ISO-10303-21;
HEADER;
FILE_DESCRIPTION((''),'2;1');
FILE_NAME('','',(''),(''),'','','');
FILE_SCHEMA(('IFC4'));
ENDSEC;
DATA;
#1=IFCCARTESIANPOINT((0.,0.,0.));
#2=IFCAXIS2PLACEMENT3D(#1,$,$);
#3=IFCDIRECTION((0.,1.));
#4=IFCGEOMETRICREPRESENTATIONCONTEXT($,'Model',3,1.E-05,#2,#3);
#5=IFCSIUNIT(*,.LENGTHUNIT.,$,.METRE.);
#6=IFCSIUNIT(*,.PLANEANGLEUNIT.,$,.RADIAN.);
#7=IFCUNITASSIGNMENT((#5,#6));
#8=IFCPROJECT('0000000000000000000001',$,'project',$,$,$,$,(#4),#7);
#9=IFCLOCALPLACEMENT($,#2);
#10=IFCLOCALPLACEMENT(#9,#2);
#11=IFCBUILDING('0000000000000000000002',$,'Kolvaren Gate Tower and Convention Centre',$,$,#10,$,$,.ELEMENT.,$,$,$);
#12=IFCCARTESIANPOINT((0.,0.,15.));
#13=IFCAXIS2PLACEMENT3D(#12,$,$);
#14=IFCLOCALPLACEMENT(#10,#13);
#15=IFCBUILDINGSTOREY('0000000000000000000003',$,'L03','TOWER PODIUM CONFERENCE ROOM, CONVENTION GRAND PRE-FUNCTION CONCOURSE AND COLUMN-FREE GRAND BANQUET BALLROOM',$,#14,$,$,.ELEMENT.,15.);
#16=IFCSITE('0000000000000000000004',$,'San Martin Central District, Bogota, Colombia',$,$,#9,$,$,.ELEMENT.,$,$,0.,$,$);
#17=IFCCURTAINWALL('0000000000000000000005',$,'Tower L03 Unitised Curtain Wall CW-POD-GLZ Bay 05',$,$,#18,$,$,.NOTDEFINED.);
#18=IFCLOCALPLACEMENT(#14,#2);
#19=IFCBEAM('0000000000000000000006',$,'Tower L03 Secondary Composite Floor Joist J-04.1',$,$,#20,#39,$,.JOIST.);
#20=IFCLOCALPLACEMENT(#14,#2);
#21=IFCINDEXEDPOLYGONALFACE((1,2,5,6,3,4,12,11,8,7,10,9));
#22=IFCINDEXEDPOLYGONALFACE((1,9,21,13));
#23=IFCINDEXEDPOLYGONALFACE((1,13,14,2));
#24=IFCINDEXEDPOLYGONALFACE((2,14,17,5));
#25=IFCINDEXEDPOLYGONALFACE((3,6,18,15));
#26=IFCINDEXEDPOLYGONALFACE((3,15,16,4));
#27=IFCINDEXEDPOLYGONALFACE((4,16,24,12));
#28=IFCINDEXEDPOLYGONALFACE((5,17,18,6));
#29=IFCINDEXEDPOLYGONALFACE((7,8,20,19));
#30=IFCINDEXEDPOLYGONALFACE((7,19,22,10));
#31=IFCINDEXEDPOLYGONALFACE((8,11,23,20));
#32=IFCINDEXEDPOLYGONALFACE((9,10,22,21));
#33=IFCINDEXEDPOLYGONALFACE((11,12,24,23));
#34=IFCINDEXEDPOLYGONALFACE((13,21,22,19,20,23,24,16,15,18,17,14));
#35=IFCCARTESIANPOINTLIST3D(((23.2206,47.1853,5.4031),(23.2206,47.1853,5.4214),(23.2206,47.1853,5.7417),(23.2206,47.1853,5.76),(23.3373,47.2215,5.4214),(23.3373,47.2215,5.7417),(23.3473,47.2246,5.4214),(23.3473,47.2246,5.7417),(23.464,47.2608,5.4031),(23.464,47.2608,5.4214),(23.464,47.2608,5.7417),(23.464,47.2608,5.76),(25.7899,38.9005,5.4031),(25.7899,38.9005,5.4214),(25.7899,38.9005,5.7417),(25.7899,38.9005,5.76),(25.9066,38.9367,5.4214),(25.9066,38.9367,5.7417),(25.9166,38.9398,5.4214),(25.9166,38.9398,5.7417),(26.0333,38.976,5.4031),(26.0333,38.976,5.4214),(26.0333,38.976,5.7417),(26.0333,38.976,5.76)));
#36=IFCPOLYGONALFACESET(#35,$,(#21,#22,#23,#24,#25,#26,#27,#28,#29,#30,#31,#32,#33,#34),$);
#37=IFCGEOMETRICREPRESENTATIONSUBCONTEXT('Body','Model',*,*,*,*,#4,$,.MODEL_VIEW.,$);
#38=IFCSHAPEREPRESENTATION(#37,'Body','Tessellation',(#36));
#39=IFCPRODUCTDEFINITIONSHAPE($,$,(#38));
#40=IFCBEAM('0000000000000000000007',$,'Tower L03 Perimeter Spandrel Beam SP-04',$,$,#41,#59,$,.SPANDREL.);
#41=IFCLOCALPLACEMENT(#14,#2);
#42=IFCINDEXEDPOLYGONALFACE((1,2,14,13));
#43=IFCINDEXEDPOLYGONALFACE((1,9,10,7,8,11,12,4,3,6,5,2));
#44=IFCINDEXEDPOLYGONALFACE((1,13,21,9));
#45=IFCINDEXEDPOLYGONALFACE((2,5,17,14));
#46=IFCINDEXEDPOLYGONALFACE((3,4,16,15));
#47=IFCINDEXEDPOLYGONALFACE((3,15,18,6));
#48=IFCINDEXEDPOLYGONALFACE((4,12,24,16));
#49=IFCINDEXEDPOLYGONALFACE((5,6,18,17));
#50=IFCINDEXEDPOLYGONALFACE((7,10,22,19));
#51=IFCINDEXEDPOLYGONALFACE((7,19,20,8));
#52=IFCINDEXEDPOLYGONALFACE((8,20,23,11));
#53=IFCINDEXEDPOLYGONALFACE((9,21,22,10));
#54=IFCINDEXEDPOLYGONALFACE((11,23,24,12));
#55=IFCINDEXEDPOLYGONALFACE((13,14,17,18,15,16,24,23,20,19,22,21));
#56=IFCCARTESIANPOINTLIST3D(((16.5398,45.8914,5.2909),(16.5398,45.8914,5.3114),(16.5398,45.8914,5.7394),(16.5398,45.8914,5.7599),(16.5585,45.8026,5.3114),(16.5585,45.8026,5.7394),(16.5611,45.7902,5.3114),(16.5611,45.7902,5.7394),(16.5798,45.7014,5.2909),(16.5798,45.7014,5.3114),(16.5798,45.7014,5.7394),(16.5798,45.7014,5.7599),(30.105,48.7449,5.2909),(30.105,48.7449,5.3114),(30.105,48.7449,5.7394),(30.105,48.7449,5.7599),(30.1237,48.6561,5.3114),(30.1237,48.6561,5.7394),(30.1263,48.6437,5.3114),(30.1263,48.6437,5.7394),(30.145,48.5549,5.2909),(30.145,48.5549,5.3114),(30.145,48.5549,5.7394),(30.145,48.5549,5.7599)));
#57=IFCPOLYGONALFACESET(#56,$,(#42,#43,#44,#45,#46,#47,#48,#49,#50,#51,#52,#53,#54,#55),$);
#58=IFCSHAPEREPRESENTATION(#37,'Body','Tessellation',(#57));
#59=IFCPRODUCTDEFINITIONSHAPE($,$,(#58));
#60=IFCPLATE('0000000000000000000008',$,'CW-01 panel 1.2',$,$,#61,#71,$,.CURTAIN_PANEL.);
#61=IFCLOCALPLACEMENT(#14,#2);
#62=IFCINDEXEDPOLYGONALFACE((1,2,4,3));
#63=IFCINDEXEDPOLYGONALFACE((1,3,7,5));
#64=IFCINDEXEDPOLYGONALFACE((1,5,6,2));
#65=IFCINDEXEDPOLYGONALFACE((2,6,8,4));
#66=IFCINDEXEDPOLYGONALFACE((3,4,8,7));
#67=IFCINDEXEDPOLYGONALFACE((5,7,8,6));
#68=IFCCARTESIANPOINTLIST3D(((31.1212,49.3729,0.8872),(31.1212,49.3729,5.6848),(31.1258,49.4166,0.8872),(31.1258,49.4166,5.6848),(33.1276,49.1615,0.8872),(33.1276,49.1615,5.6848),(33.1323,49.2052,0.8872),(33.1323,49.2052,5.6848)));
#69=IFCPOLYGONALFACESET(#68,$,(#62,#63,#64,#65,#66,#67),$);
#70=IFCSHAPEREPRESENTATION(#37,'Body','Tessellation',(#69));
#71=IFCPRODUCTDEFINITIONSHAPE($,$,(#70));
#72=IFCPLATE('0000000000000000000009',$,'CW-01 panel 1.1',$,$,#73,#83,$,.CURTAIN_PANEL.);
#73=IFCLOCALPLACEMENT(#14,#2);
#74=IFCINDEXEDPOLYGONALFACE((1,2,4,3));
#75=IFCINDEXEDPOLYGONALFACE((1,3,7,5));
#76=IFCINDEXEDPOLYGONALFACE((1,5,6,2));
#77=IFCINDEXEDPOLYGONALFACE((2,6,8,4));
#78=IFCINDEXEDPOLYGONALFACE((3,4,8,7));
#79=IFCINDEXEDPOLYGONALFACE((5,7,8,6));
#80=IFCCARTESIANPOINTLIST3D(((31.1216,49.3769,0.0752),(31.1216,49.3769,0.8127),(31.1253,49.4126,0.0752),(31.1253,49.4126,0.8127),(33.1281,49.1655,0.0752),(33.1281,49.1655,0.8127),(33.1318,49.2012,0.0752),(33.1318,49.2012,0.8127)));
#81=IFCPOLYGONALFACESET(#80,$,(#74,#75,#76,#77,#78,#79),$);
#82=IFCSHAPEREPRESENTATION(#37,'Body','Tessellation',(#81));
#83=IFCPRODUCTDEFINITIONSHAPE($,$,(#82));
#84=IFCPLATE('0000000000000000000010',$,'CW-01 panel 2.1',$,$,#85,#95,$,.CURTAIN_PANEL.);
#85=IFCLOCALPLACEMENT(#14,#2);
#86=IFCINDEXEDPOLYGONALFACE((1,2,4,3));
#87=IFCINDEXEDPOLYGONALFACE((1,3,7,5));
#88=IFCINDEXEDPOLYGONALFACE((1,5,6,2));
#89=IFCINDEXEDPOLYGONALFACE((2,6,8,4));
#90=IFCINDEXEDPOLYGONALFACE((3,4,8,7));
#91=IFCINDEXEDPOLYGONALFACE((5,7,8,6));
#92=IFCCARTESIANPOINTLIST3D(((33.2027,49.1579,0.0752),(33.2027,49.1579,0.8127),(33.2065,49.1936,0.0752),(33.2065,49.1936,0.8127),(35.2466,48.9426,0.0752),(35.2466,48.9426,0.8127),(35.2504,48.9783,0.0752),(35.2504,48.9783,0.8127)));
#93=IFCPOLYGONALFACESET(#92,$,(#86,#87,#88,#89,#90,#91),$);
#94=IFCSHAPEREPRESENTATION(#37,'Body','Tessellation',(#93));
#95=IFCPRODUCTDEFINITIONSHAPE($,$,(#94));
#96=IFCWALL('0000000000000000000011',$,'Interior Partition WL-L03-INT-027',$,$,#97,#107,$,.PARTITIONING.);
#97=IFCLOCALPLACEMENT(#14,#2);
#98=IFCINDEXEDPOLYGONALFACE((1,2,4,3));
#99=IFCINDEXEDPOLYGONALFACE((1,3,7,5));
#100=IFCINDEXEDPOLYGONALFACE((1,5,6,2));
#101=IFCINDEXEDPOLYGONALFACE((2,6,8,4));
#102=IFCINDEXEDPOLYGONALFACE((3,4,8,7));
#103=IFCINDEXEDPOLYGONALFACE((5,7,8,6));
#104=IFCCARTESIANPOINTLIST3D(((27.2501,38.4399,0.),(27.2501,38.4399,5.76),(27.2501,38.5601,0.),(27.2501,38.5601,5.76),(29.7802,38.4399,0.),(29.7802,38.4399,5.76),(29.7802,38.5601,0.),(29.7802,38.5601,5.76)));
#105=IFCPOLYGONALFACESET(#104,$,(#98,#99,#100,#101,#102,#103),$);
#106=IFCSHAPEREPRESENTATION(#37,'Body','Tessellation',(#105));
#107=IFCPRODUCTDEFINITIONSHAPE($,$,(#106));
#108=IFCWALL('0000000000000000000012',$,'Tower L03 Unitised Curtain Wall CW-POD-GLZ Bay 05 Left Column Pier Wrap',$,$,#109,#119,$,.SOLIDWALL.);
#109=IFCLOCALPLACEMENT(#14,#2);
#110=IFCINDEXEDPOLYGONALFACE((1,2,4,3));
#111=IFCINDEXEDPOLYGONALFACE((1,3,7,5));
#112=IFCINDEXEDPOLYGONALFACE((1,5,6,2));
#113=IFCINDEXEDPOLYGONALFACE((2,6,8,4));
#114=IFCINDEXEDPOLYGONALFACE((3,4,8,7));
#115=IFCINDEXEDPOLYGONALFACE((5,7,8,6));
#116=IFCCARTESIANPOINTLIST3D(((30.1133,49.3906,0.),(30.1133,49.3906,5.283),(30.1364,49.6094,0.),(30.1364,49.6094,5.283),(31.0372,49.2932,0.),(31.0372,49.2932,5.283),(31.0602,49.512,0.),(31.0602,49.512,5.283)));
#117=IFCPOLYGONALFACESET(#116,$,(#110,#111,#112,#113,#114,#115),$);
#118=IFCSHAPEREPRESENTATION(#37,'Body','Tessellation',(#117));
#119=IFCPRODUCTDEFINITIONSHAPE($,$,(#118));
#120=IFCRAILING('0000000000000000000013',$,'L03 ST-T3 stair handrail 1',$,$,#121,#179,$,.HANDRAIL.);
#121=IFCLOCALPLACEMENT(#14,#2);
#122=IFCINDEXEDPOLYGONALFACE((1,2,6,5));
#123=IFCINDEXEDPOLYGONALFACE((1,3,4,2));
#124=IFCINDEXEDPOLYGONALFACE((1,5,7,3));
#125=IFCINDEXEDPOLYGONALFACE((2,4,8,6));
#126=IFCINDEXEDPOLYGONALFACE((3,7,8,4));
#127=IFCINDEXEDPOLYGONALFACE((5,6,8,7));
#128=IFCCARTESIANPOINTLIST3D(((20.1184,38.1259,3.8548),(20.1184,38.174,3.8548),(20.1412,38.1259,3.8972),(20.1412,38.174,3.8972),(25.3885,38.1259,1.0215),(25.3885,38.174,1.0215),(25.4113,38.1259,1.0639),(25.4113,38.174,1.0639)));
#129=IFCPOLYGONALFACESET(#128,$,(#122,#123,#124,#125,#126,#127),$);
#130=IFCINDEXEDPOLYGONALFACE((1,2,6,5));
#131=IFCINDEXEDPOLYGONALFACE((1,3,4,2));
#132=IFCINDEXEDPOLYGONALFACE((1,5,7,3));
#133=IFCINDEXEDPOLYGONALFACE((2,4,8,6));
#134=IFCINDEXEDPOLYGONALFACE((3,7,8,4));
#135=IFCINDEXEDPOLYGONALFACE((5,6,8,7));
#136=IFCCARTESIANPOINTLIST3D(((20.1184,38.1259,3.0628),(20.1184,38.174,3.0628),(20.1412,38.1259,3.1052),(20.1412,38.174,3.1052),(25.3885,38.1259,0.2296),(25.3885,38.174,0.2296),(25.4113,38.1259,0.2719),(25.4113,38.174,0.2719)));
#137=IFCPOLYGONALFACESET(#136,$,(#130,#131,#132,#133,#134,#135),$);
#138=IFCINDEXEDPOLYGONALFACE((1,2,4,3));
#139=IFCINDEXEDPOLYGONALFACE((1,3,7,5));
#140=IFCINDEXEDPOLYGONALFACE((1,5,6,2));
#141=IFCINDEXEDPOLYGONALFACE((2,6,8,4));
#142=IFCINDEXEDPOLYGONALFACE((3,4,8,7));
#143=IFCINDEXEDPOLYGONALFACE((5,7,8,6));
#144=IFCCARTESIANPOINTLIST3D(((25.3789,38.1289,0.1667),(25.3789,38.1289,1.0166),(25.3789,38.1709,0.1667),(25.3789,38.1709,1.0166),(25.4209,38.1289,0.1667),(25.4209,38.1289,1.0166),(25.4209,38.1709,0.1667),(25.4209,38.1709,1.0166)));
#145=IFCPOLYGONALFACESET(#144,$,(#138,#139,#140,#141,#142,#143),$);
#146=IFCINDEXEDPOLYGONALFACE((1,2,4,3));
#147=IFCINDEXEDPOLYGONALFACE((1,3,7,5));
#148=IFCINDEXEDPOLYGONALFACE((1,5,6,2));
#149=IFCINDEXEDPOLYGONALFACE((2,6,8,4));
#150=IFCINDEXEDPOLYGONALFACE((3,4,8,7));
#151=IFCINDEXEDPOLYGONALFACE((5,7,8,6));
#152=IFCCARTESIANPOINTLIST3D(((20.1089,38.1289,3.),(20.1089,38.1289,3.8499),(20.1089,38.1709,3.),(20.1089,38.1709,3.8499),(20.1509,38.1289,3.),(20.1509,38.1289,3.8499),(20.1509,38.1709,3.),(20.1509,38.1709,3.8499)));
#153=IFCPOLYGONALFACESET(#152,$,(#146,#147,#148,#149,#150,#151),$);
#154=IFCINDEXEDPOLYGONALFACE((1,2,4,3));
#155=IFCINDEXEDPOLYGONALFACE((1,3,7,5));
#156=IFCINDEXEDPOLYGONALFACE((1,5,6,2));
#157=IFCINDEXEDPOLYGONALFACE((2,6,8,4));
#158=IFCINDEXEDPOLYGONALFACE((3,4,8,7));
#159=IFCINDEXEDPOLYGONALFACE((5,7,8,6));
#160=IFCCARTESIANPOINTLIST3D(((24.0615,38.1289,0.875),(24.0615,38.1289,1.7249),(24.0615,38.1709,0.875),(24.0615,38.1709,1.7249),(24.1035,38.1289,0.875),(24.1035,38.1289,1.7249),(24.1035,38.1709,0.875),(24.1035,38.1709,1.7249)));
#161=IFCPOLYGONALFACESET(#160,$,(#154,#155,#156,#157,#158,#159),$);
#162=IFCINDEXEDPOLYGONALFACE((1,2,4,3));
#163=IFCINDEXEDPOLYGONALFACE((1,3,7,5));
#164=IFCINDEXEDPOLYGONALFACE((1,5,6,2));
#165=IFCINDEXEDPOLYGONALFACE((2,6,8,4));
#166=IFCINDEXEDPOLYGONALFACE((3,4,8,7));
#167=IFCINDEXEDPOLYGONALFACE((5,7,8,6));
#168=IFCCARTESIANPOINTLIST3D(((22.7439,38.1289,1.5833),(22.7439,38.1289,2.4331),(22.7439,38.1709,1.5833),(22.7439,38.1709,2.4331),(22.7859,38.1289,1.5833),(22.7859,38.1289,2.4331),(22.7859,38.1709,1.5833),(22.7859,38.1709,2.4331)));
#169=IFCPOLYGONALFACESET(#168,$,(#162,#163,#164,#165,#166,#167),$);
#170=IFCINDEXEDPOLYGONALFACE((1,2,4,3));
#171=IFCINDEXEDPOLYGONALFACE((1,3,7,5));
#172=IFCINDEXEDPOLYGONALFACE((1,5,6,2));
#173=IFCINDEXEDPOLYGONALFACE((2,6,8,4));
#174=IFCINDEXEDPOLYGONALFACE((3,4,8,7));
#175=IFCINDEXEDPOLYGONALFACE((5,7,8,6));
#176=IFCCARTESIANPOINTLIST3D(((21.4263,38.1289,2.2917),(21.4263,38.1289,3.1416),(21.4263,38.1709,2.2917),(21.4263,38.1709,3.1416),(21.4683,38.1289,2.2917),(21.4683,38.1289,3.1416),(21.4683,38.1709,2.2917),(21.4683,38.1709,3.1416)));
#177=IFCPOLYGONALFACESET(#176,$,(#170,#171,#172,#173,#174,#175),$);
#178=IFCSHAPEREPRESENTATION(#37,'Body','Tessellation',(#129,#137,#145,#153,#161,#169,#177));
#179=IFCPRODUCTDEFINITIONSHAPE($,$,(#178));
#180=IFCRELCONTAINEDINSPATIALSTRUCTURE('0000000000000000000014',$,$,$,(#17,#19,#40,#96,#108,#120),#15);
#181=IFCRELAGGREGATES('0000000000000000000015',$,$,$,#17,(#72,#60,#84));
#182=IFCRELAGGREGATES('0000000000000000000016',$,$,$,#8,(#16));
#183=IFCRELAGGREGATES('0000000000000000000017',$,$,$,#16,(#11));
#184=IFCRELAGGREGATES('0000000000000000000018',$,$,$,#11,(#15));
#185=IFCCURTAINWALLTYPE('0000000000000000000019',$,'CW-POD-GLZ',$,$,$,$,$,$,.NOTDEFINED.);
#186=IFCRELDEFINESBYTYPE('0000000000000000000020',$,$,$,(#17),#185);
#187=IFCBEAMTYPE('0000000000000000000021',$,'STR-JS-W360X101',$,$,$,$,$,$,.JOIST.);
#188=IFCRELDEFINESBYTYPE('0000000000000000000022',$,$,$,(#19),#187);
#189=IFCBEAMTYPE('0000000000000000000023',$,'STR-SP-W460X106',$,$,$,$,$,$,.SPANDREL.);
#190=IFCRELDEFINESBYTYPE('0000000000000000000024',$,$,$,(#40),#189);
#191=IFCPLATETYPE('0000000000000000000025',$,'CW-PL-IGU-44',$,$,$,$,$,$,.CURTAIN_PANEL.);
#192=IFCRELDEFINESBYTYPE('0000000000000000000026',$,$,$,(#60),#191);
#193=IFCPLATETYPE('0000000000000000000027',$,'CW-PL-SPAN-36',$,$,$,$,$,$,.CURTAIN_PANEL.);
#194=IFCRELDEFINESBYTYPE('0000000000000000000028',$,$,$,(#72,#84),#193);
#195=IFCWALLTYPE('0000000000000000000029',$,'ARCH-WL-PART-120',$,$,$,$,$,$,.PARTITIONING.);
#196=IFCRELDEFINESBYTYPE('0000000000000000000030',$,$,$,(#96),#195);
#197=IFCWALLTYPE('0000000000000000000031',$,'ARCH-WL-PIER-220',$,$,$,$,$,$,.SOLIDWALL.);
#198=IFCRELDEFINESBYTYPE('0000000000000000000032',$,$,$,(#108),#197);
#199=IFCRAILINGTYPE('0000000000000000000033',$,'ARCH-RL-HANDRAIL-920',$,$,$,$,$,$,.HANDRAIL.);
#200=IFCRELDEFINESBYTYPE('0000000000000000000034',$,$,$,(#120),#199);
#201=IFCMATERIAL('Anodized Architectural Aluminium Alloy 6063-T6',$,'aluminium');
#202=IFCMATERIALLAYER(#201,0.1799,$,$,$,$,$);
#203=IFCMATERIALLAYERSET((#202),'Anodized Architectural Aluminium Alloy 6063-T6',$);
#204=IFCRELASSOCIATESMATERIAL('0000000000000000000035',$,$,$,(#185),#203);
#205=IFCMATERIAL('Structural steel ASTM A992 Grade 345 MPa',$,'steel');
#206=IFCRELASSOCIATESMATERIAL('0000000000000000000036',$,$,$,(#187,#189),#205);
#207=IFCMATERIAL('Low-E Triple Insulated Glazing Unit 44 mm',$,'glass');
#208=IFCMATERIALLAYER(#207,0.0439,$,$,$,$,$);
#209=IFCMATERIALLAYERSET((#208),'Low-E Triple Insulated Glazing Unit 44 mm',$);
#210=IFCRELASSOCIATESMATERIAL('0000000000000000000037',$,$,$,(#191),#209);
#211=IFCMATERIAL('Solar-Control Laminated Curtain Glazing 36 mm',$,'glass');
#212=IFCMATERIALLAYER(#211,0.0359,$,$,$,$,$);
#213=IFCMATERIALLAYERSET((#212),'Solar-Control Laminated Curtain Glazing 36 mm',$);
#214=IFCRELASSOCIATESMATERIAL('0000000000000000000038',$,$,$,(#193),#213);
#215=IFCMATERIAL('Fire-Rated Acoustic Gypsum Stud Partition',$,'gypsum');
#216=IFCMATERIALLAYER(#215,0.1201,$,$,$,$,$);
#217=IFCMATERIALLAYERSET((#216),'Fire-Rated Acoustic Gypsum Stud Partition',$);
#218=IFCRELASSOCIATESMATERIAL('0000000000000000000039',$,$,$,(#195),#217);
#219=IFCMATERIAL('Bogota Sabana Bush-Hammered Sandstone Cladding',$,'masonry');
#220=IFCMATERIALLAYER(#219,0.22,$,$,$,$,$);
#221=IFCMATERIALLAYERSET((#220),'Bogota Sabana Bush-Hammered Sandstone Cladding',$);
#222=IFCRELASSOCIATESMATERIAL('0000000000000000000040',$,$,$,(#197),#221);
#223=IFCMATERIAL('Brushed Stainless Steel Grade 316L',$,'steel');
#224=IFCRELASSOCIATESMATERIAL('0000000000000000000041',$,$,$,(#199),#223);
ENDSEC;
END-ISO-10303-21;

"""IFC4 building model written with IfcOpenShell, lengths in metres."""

from ifc_helpers import new_model, si_unit, direction, frame, frame_2d, origin, origin_2d, place, context, subcontext, project, spatial, rectangle, i_section, extrude, material, layer, layer_set, material_profile, profile_set, type_object, element, aggregate, save


model = new_model("IFC4")

# Units and contexts
model_context = context("Model", 3, precision=1e-05, world=origin(), true_north=direction((0.0, 1.0)))
body_context = subcontext(model_context, "Body", "Model", "MODEL_VIEW")
ifc_project = project(units=[si_unit("LENGTHUNIT", "METRE"), si_unit("PLANEANGLEUNIT", "RADIAN")], contexts=[model_context])

# Site, building, storey
site_placement = place(None, origin())
site = spatial("IfcSite", under=ifc_project, at=site_placement, Name="San Martin Central District, Bogota, Colombia", CompositionType="ELEMENT", RefElevation=0.0)
building_placement = place(site_placement, origin())
building = spatial("IfcBuilding", under=site, at=building_placement, Name="Kolvaren Gate Tower and Convention Centre", CompositionType="ELEMENT")
storey_placement = place(building_placement, frame((0.0, 0.0, 15.0)))
storey = spatial("IfcBuildingStorey", under=building, at=storey_placement, Name="L03", Description="TOWER PODIUM CONFERENCE ROOM, CONVENTION GRAND PRE-FUNCTION CONCOURSE AND COLUMN-FREE GRAND BANQUET BALLROOM", CompositionType="ELEMENT", Elevation=15.0)

# Curtain wall
ifc_material_1 = material(Name="Anodized Architectural Aluminium Alloy 6063-T6", Category="aluminium")
ifc_layer_1 = layer(ifc_material_1, 0.1799)
ifc_layer_set_1 = layer_set([ifc_layer_1], Name="Anodized Architectural Aluminium Alloy 6063-T6")
curtain_wall_type = type_object("IfcCurtainWallType", Name="CW-POD-GLZ", PredefinedType="NOTDEFINED", material=ifc_layer_set_1)
curtain_wall_placement = place(storey_placement, origin())
curtain_wall = element("IfcCurtainWall", 1, at=curtain_wall_placement, inside=storey, type_object=curtain_wall_type, Name="Tower L03 Unitised Curtain Wall CW-POD-GLZ Bay 05", PredefinedType="NOTDEFINED")

# Beams
ifc_material_2 = material(Name="Structural steel ASTM A992 Grade 345 MPa", Category="steel")
ifc_material_profile_1 = material_profile(ifc_material_2, i_section(OverallWidth=0.2549, OverallDepth=0.3569, WebThickness=0.0105, FlangeThickness=0.0183, at=origin_2d()), Name="W360X101")
ifc_profile_set_1 = profile_set([ifc_material_profile_1], Name="Structural steel ASTM A992 Grade 345 MPa")
beam_type_1 = type_object("IfcBeamType", Name="STR-JS-W360X101", PredefinedType="JOIST", material=ifc_profile_set_1)
beam_1_placement = place(storey_placement, frame((25.9116, 38.9382, 5.5815), z_axis=(-0.296205, 0.955124, 0.0), x_axis=(-0.955124, -0.296205, 0.0)))
element("IfcBeam", 2, at=beam_1_placement, inside=storey, type_object=beam_type_1, Name="Tower L03 Secondary Composite Floor Joist J-04.1", PredefinedType="JOIST", context=body_context, shape_type="SweptSolid", body=[
    extrude(i_section(OverallWidth=0.2549, OverallDepth=0.3569, WebThickness=0.0105, FlangeThickness=0.0183, at=origin_2d()), origin(), (0.0, 0.0, 1.0), 8.6741),
])
ifc_material_profile_2 = material_profile(ifc_material_2, i_section(OverallWidth=0.1941, OverallDepth=0.469, WebThickness=0.0127, FlangeThickness=0.0205, at=origin_2d()), Name="W460X106")
ifc_profile_set_2 = profile_set([ifc_material_profile_2], Name="Structural steel ASTM A992 Grade 345 MPa")
beam_type_2 = type_object("IfcBeamType", Name="STR-SP-W460X106", PredefinedType="SPANDREL", material=ifc_profile_set_2)
beam_2_placement = place(storey_placement, frame((30.125, 48.6499, 5.5254), z_axis=(-0.978583, -0.205851, 0.0), x_axis=(0.205851, -0.978583, 0.0)))
element("IfcBeam", 3, at=beam_2_placement, inside=storey, type_object=beam_type_2, Name="Tower L03 Perimeter Spandrel Beam SP-04", PredefinedType="SPANDREL", context=body_context, shape_type="SweptSolid", body=[
    extrude(i_section(OverallWidth=0.1941, OverallDepth=0.469, WebThickness=0.0127, FlangeThickness=0.0205, at=origin_2d()), origin(), (0.0, 0.0, 1.0), 13.8621),
])

# Plates
ifc_material_3 = material(Name="Low-E Triple Insulated Glazing Unit 44 mm", Category="glass")
ifc_layer_2 = layer(ifc_material_3, 0.0439)
ifc_layer_set_2 = layer_set([ifc_layer_2], Name="Low-E Triple Insulated Glazing Unit 44 mm")
plate_type_1 = type_object("IfcPlateType", Name="CW-PL-IGU-44", PredefinedType="CURTAIN_PANEL", material=ifc_layer_set_2)
plate_1_placement = place(storey_placement, frame((32.1267, 49.2891, 0.8872), z_axis=(0.0, 0.0, 1.0), x_axis=(0.994499, -0.104748, 0.0)))
plate_1 = element("IfcPlate", 4, at=plate_1_placement, type_object=plate_type_1, Name="CW-01 panel 1.2", PredefinedType="CURTAIN_PANEL", context=body_context, shape_type="SweptSolid", body=[
    extrude(rectangle(XDim=2.0176, YDim=0.0439, at=origin_2d()), origin(), (0.0, 0.0, 1.0), 4.7976),
])
ifc_material_4 = material(Name="Solar-Control Laminated Curtain Glazing 36 mm", Category="glass")
ifc_layer_3 = layer(ifc_material_4, 0.0359)
ifc_layer_set_3 = layer_set([ifc_layer_3], Name="Solar-Control Laminated Curtain Glazing 36 mm")
plate_type_2 = type_object("IfcPlateType", Name="CW-PL-SPAN-36", PredefinedType="CURTAIN_PANEL", material=ifc_layer_set_3)
plate_2_placement = place(storey_placement, frame((32.1267, 49.2891, 0.0752), z_axis=(0.0, 0.0, 1.0), x_axis=(0.994499, -0.104748, 0.0)))
plate_2 = element("IfcPlate", 5, at=plate_2_placement, type_object=plate_type_2, Name="CW-01 panel 1.1", PredefinedType="CURTAIN_PANEL", context=body_context, shape_type="SweptSolid", body=[
    extrude(rectangle(XDim=2.0176, YDim=0.0359, at=origin_2d()), origin(), (0.0, 0.0, 1.0), 0.7375),
])
plate_3_placement = place(storey_placement, frame((34.2266, 49.0681, 0.0752), z_axis=(0.0, 0.0, 1.0), x_axis=(0.994499, -0.104748, 0.0)))
plate_3 = element("IfcPlate", 6, at=plate_3_placement, type_object=plate_type_2, Name="CW-01 panel 2.1", PredefinedType="CURTAIN_PANEL", context=body_context, shape_type="SweptSolid", body=[
    extrude(rectangle(XDim=2.0552, YDim=0.0359, at=origin_2d()), origin(), (0.0, 0.0, 1.0), 0.7375),
])
aggregate(curtain_wall, [plate_2, plate_1, plate_3])

# Walls
ifc_material_5 = material(Name="Fire-Rated Acoustic Gypsum Stud Partition", Category="gypsum")
ifc_layer_4 = layer(ifc_material_5, 0.1201)
ifc_layer_set_4 = layer_set([ifc_layer_4], Name="Fire-Rated Acoustic Gypsum Stud Partition")
wall_type_1 = type_object("IfcWallType", Name="ARCH-WL-PART-120", PredefinedType="PARTITIONING", material=ifc_layer_set_4)
wall_1_placement = place(storey_placement, frame((27.25, 38.5, 0.0), z_axis=(0.0, 0.0, 1.0), x_axis=(1.0, 0.0, 0.0)))
element("IfcWall", 7, at=wall_1_placement, inside=storey, type_object=wall_type_1, Name="Interior Partition WL-L03-INT-027", PredefinedType="PARTITIONING", context=body_context, shape_type="SweptSolid", body=[
    extrude(rectangle(XDim=2.53, YDim=0.1201, at=frame_2d((1.2651, 0.0))), origin(), (0.0, 0.0, 1.0), 5.76),
])
ifc_material_6 = material(Name="Bogota Sabana Bush-Hammered Sandstone Cladding", Category="masonry")
ifc_layer_5 = layer(ifc_material_6, 0.22)
ifc_layer_set_5 = layer_set([ifc_layer_5], Name="Bogota Sabana Bush-Hammered Sandstone Cladding")
wall_type_2 = type_object("IfcWallType", Name="ARCH-WL-PIER-220", PredefinedType="SOLIDWALL", material=ifc_layer_set_5)
wall_2_placement = place(storey_placement, frame((30.125, 49.5, 0.0), z_axis=(0.0, 0.0, 1.0), x_axis=(0.994487, -0.104863, 0.0)))
element("IfcWall", 8, at=wall_2_placement, inside=storey, type_object=wall_type_2, Name="Tower L03 Unitised Curtain Wall CW-POD-GLZ Bay 05 Left Column Pier Wrap", PredefinedType="SOLIDWALL", context=body_context, shape_type="SweptSolid", body=[
    extrude(rectangle(XDim=0.929, YDim=0.22, at=frame_2d((0.4644, 0.0))), origin(), (0.0, 0.0, 1.0), 5.283),
])

# Railing
ifc_material_7 = material(Name="Brushed Stainless Steel Grade 316L", Category="steel")
railing_type = type_object("IfcRailingType", Name="ARCH-RL-HANDRAIL-920", PredefinedType="HANDRAIL", material=ifc_material_7)
railing_placement = place(storey_placement, frame((25.3999, 38.1499, 0.1667)))
element("IfcRailing", 9, at=railing_placement, inside=storey, type_object=railing_type, Name="L03 ST-T3 stair handrail 1", PredefinedType="HANDRAIL", context=body_context, shape_type="SweptSolid", body=[
    extrude(rectangle(XDim=0.0481, YDim=0.0481, at=origin_2d()), frame((0.0, 0.0, 0.876), z_axis=(-0.880781, 0.0, 0.473523), x_axis=(0.0, -1.0, 0.0)), (0.0, 0.0, 1.0), 5.9834),
    extrude(rectangle(XDim=0.0481, YDim=0.0481, at=origin_2d()), frame((0.0, 0.0, 0.084), z_axis=(-0.880781, 0.0, 0.473523), x_axis=(0.0, -1.0, 0.0)), (0.0, 0.0, 1.0), 5.9834),
    extrude(rectangle(XDim=0.042, YDim=0.042, at=origin_2d()), origin(), (0.0, 0.0, 1.0), 0.8499),
    extrude(rectangle(XDim=0.042, YDim=0.042, at=origin_2d()), frame((-5.27, 0.0, 2.8333)), (0.0, 0.0, 1.0), 0.8499),
    extrude(rectangle(XDim=0.042, YDim=0.042, at=origin_2d()), frame((-1.3174, 0.0, 0.7083)), (0.0, 0.0, 1.0), 0.8499),
    extrude(rectangle(XDim=0.042, YDim=0.042, at=origin_2d()), frame((-2.635, 0.0, 1.4165)), (0.0, 0.0, 1.0), 0.8499),
    extrude(rectangle(XDim=0.042, YDim=0.042, at=origin_2d()), frame((-3.9526, 0.0, 2.125)), (0.0, 0.0, 1.0), 0.8499),
])

save(model, "model.ifc")
